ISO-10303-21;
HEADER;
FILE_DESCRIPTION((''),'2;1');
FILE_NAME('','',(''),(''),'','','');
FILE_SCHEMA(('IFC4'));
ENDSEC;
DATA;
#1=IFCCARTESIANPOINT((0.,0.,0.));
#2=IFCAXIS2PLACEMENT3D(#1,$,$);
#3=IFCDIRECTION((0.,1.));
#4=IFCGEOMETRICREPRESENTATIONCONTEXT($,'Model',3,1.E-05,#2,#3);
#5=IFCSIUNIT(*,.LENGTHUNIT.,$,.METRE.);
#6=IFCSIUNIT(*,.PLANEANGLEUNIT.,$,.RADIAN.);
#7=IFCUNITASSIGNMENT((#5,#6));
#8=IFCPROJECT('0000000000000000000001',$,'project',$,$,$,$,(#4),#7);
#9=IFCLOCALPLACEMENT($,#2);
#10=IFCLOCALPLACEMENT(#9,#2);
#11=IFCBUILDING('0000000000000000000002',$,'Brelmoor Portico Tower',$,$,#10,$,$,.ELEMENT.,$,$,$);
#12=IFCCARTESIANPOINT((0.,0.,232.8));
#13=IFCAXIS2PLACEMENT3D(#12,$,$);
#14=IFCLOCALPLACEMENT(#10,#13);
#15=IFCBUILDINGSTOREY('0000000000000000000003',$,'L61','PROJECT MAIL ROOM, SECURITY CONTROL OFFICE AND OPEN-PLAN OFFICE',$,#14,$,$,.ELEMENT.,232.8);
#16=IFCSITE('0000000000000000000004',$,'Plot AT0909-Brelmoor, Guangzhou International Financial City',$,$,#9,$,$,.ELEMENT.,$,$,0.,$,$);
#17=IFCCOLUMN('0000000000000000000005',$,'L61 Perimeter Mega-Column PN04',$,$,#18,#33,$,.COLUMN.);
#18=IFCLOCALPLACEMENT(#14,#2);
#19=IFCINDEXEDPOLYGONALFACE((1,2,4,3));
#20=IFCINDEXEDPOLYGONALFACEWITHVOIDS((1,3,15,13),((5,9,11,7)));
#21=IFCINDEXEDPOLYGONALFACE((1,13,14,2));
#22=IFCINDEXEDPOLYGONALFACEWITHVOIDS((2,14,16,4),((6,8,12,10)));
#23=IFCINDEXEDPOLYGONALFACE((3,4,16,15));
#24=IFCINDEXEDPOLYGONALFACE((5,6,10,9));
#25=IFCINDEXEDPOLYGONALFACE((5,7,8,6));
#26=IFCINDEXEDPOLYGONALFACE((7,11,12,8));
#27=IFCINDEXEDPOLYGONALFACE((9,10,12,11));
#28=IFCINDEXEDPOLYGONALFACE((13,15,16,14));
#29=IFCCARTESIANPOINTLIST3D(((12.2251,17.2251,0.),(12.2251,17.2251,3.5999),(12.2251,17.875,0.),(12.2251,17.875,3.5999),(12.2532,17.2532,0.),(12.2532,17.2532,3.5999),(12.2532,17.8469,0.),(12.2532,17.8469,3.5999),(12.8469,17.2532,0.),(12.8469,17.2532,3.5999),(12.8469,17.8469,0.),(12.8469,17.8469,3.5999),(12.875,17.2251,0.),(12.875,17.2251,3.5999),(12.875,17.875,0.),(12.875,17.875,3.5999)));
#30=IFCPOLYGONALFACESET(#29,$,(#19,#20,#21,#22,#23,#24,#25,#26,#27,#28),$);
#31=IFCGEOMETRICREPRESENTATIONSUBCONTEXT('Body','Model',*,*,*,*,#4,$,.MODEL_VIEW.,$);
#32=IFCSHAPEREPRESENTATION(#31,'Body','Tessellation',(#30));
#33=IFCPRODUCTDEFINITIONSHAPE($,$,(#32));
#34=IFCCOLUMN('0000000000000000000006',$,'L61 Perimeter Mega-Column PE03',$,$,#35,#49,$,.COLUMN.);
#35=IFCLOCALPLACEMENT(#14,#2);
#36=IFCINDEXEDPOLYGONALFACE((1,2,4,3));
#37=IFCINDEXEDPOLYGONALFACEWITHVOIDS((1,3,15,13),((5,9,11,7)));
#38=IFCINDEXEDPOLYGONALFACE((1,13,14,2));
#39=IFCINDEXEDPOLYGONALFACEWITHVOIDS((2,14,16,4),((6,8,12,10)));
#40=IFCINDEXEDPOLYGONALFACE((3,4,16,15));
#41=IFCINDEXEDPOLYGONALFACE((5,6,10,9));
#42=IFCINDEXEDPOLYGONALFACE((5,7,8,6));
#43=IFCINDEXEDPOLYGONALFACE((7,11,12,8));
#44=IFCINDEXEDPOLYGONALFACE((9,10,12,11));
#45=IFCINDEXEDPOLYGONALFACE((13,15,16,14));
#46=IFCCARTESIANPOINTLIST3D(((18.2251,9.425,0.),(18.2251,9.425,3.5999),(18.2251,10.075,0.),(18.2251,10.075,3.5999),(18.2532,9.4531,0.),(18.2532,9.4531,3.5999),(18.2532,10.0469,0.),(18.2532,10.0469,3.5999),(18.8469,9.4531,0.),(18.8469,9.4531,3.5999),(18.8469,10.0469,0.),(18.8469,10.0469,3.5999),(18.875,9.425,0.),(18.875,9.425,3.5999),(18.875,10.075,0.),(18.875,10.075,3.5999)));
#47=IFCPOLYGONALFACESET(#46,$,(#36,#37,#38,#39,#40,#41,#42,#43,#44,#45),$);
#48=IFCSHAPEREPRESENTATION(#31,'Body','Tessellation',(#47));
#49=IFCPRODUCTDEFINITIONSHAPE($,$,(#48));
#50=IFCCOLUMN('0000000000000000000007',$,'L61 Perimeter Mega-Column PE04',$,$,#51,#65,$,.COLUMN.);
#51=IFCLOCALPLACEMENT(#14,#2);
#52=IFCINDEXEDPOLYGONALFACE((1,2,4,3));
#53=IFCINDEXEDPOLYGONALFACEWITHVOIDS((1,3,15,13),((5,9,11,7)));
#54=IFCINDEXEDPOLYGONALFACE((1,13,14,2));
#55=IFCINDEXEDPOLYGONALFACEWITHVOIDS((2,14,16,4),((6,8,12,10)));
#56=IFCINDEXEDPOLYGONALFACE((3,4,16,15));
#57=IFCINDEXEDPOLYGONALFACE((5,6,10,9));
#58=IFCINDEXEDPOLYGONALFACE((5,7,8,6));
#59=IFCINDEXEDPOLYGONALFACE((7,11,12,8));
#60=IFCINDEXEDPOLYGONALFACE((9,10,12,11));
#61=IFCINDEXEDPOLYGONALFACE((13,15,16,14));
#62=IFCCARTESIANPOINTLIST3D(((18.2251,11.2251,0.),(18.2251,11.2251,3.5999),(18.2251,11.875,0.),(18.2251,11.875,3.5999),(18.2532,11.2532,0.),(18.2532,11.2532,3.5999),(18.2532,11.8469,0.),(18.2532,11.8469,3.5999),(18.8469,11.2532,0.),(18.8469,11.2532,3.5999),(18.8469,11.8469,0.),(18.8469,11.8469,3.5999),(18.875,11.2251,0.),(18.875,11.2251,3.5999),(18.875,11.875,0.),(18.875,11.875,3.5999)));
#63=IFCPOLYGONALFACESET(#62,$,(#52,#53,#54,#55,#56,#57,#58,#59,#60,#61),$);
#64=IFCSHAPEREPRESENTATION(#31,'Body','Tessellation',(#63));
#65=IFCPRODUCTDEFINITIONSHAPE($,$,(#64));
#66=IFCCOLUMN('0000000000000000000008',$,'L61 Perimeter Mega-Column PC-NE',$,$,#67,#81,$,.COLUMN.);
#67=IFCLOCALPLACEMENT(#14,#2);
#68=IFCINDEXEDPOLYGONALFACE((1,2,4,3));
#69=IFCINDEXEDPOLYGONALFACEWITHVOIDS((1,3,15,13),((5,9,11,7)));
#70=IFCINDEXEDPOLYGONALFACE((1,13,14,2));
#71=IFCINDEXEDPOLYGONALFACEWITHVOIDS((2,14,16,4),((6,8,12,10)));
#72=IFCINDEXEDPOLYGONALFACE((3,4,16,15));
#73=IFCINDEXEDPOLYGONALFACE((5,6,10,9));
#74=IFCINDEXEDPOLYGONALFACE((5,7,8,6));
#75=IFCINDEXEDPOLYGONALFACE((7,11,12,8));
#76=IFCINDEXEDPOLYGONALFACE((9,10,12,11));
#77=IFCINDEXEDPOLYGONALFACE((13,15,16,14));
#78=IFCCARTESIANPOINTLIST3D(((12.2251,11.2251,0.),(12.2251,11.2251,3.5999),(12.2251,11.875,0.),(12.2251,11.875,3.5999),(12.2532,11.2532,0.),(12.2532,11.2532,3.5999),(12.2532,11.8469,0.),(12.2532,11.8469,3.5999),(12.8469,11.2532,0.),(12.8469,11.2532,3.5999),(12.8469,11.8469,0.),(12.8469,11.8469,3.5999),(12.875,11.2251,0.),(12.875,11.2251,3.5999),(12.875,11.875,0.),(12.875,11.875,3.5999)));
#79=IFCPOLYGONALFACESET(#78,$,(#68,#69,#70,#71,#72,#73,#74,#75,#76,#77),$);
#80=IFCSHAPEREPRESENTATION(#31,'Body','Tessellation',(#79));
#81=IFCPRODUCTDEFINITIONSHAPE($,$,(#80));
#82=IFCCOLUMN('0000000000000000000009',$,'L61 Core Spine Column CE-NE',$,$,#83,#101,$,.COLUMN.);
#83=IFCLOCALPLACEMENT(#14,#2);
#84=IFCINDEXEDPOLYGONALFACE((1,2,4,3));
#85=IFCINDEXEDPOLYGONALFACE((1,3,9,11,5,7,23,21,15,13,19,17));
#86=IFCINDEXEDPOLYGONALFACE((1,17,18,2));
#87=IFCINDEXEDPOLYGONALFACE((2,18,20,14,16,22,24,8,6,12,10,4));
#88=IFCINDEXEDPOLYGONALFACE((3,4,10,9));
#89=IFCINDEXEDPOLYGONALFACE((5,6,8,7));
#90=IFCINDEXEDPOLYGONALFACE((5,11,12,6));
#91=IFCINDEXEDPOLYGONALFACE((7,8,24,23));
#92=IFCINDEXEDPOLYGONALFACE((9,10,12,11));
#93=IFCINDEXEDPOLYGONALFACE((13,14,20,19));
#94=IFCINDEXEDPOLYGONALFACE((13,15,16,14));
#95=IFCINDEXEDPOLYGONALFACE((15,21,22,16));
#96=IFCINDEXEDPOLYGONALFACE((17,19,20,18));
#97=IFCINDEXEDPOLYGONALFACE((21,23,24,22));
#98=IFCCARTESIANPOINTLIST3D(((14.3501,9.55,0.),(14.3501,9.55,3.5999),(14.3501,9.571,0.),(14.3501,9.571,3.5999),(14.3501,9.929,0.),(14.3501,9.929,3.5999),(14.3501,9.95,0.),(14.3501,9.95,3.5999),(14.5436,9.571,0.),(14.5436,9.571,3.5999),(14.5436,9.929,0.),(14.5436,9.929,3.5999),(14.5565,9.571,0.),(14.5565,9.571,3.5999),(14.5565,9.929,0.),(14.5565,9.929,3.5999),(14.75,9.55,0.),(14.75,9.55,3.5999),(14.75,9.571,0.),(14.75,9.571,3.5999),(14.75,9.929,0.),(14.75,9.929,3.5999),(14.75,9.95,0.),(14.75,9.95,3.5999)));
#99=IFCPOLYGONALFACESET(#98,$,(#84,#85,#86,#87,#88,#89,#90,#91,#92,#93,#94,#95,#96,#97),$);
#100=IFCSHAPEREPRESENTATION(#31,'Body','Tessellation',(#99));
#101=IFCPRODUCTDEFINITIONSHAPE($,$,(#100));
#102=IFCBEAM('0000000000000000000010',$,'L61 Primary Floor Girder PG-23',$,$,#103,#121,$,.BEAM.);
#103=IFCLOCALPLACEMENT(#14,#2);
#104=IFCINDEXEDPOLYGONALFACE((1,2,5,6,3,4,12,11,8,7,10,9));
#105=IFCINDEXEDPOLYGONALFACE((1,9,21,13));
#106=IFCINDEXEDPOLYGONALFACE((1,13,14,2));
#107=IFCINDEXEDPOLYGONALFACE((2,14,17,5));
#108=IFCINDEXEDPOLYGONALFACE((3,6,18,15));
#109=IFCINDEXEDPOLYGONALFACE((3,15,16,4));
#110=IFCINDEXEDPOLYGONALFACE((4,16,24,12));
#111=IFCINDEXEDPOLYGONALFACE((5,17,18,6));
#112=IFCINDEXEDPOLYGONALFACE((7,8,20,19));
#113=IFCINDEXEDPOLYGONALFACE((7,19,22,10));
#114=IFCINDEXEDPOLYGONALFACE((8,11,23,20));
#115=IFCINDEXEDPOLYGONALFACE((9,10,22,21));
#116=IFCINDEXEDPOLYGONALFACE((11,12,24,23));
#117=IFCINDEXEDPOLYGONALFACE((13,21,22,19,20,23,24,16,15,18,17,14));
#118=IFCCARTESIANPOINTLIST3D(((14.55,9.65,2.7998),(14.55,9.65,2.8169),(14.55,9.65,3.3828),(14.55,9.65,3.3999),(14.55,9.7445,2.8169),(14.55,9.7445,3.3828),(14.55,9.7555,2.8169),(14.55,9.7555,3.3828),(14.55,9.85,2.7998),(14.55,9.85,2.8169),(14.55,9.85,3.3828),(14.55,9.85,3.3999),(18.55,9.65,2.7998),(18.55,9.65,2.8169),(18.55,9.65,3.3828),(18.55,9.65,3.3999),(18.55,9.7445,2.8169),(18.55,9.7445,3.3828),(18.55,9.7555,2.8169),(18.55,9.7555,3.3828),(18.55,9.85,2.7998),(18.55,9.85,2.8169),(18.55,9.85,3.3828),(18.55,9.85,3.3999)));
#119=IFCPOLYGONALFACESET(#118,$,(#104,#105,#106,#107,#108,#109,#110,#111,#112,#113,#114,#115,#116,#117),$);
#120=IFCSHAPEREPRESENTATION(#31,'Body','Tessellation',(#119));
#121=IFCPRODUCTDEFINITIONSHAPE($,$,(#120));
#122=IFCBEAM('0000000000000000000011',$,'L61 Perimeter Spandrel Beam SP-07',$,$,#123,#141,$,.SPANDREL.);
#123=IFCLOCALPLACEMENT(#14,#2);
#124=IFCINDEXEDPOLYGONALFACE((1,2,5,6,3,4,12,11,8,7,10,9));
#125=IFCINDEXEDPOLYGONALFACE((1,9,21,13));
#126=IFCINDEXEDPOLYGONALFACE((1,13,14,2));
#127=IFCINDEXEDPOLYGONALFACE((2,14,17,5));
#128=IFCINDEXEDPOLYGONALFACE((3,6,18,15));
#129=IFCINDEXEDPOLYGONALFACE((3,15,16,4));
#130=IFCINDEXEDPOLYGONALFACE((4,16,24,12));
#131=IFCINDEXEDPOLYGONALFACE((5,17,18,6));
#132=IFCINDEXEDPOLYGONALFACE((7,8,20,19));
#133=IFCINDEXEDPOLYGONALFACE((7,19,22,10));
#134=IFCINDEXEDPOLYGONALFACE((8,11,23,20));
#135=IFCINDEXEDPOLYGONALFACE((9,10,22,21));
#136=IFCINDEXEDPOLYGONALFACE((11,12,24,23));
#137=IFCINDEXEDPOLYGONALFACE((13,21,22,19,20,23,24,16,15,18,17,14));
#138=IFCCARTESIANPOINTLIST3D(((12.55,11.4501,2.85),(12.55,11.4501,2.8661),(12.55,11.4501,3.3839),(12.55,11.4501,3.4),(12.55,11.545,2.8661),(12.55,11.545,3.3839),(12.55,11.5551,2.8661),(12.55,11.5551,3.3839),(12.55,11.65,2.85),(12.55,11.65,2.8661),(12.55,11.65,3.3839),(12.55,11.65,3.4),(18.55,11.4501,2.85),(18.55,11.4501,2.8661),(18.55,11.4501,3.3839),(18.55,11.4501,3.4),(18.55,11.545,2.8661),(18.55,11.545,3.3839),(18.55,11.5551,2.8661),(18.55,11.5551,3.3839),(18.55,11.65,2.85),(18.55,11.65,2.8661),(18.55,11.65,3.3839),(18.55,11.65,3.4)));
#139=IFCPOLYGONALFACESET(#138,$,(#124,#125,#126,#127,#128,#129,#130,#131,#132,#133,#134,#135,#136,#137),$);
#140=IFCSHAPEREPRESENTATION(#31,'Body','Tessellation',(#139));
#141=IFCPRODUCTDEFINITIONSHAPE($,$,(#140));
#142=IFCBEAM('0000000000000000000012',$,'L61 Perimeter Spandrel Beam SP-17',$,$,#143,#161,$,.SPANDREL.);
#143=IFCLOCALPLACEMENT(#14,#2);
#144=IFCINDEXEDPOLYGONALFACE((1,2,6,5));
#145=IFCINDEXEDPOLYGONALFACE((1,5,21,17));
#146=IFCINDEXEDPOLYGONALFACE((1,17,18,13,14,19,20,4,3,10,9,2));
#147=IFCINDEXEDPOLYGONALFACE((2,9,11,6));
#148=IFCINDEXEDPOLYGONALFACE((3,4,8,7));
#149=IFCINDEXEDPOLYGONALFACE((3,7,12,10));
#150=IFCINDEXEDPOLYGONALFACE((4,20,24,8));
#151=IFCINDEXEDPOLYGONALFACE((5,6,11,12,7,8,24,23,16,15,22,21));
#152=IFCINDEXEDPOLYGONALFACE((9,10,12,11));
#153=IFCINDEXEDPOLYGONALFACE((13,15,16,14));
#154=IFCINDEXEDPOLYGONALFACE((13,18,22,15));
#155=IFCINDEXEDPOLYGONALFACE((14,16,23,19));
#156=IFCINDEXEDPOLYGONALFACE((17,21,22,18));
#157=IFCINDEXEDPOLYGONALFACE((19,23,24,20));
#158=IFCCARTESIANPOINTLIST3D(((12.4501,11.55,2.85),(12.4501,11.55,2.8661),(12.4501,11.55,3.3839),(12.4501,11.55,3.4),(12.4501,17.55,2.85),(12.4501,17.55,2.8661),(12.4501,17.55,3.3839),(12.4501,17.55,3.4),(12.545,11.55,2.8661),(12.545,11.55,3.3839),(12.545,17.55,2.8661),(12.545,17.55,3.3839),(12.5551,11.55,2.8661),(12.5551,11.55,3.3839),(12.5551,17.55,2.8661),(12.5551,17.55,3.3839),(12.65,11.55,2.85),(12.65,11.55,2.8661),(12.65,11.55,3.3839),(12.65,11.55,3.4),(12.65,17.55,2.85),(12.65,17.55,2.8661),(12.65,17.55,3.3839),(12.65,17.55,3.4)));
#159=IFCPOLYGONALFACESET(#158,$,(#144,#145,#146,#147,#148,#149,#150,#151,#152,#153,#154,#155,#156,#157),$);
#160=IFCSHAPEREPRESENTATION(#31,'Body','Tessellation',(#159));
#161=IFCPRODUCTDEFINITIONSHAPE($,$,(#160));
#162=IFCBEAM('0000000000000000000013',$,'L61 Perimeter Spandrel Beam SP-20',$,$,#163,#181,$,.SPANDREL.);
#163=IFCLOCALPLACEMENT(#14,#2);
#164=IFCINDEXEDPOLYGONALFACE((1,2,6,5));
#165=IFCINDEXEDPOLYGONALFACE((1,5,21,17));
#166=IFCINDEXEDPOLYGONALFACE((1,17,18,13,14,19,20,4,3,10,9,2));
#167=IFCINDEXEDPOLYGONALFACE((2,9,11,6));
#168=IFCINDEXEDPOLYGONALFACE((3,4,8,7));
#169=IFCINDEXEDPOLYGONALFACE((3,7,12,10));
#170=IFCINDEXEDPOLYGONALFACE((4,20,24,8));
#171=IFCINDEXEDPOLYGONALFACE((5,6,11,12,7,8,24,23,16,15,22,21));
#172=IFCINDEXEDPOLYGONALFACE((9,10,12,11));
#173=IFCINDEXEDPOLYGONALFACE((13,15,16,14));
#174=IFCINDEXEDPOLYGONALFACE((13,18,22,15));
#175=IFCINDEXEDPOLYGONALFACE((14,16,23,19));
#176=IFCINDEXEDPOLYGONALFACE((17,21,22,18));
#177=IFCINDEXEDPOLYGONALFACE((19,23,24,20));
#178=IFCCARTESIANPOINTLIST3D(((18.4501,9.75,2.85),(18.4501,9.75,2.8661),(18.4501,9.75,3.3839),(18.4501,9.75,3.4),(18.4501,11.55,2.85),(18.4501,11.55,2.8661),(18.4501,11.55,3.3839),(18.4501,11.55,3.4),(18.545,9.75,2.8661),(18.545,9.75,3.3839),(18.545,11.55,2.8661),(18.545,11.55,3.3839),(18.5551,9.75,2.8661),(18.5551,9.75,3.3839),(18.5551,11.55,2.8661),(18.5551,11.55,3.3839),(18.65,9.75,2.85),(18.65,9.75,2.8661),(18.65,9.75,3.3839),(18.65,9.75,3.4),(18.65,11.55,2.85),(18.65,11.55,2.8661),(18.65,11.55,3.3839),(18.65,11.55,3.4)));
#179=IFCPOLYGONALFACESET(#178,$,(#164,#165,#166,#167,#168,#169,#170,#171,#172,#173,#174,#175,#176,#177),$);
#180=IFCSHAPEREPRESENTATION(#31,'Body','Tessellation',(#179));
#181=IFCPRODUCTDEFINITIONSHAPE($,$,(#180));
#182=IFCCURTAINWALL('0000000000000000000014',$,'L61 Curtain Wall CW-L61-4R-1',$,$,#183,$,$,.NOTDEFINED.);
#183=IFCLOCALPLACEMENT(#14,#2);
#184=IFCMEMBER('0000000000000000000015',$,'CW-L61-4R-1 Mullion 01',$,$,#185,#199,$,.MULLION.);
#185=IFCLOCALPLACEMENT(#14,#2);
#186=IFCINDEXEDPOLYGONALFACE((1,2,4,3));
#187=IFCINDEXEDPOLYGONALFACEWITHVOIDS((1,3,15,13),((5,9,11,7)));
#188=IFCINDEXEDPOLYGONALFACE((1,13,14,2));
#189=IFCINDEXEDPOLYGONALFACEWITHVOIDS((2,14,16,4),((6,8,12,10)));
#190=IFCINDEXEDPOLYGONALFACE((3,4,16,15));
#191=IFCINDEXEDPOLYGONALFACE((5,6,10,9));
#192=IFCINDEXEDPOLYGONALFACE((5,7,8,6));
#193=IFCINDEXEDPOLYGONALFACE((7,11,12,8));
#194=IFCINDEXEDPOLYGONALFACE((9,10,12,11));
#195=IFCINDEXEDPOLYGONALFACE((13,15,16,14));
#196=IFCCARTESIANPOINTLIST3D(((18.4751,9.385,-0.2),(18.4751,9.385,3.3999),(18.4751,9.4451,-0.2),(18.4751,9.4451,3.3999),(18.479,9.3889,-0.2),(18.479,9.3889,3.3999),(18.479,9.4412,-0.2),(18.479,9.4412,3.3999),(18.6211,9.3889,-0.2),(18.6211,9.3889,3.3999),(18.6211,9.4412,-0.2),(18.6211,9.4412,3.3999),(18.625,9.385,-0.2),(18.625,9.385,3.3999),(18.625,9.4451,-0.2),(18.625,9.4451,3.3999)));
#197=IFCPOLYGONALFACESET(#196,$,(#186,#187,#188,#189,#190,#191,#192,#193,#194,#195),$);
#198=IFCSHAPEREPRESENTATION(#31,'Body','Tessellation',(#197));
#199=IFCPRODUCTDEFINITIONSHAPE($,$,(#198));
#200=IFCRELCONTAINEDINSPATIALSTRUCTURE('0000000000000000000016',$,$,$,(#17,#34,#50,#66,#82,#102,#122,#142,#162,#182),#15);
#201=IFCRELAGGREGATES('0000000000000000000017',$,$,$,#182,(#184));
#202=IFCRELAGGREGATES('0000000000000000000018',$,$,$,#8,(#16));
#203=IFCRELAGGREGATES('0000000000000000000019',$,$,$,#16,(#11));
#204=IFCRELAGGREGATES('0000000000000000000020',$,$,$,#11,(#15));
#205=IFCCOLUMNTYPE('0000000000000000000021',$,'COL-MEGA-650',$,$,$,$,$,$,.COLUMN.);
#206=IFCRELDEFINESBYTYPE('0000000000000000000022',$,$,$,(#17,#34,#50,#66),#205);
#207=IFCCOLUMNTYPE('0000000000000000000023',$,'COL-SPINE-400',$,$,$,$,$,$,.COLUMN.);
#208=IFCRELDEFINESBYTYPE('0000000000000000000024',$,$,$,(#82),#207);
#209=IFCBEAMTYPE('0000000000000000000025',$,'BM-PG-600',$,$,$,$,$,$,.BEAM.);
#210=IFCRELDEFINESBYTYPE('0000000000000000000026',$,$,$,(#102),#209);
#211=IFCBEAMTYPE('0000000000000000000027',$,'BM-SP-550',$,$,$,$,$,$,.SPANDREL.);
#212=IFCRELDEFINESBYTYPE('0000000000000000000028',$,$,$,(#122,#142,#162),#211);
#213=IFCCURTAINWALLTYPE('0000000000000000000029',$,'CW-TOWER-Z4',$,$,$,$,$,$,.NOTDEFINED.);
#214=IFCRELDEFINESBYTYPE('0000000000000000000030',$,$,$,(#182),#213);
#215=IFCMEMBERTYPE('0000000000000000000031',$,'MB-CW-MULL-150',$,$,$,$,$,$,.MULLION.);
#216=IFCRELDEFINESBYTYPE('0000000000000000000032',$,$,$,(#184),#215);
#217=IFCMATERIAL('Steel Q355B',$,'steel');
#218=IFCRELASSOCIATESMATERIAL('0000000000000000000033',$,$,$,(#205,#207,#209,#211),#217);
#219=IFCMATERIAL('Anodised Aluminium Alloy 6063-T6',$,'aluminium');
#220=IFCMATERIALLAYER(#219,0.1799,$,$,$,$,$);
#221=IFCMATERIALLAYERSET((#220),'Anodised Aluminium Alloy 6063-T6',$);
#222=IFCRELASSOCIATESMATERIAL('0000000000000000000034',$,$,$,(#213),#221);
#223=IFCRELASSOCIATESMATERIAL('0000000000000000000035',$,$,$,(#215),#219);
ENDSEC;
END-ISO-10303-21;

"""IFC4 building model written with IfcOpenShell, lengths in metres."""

from ifc_helpers import new_model, si_unit, direction, frame, origin, origin_2d, place, context, subcontext, project, spatial, hollow_rectangle, i_section, extrude, material, layer, layer_set, material_profile, profile_set, type_object, element, aggregate, save


model = new_model("IFC4")

# Units and contexts
model_context = context("Model", 3, precision=1e-05, world=origin(), true_north=direction((0.0, 1.0)))
body_context = subcontext(model_context, "Body", "Model", "MODEL_VIEW")
ifc_project = project(units=[si_unit("LENGTHUNIT", "METRE"), si_unit("PLANEANGLEUNIT", "RADIAN")], contexts=[model_context])

# Site, building, storey
site_placement = place(None, origin())
site = spatial("IfcSite", under=ifc_project, at=site_placement, Name="Plot AT0909-Brelmoor, Guangzhou International Financial City", CompositionType="ELEMENT", RefElevation=0.0)
building_placement = place(site_placement, origin())
building = spatial("IfcBuilding", under=site, at=building_placement, Name="Brelmoor Portico Tower", CompositionType="ELEMENT")
storey_placement = place(building_placement, frame((0.0, 0.0, 232.8)))
storey = spatial("IfcBuildingStorey", under=building, at=storey_placement, Name="L61", Description="PROJECT MAIL ROOM, SECURITY CONTROL OFFICE AND OPEN-PLAN OFFICE", CompositionType="ELEMENT", Elevation=232.8)

# Columns
ifc_material_1 = material(Name="Steel Q355B", Category="steel")
ifc_material_profile_1 = material_profile(ifc_material_1, hollow_rectangle(XDim=0.6499, YDim=0.6499, WallThickness=0.0281, at=origin_2d()), Name="BOX 650x650x28")
ifc_profile_set_1 = profile_set([ifc_material_profile_1], Name="Steel Q355B")
column_type_1 = type_object("IfcColumnType", Name="COL-MEGA-650", PredefinedType="COLUMN", material=ifc_profile_set_1)
for number, where, z_axis, x_axis, name in (
    (1, (12.55, 17.55, 0.0), (0.0, 0.0, 1.0), (1.0, 0.0, 0.0), "L61 Perimeter Mega-Column PN04"),
    (2, (18.55, 9.75, 0.0), (0.0, 0.0, 1.0), (0.0, 1.0, 0.0), "L61 Perimeter Mega-Column PE03"),
    (3, (18.55, 11.55, 0.0), (0.0, 0.0, 1.0), (0.0, 1.0, 0.0), "L61 Perimeter Mega-Column PE04"),
    (4, (12.55, 11.55, 0.0), (0.0, 0.0, 1.0), (1.0, 0.0, 0.0), "L61 Perimeter Mega-Column PC-NE"),
):
    element("IfcColumn", number, at=place(storey_placement, frame(where, z_axis=z_axis, x_axis=x_axis)), inside=storey, type_object=column_type_1, Name=name, PredefinedType="COLUMN", context=body_context, shape_type="SweptSolid", body=[
        extrude(hollow_rectangle(XDim=0.6499, YDim=0.6499, WallThickness=0.0281, at=origin_2d()), origin(), (0.0, 0.0, 1.0), 3.5999),
    ])
ifc_material_profile_2 = material_profile(ifc_material_1, i_section(OverallWidth=0.3999, OverallDepth=0.3999, WebThickness=0.0129, FlangeThickness=0.021, at=origin_2d()), Name="HW 400x400x13x21")
ifc_profile_set_2 = profile_set([ifc_material_profile_2], Name="Steel Q355B")
column_type_2 = type_object("IfcColumnType", Name="COL-SPINE-400", PredefinedType="COLUMN", material=ifc_profile_set_2)
column_placement = place(storey_placement, frame((14.55, 9.75, 0.0), z_axis=(0.0, 0.0, 1.0), x_axis=(1.0, 0.0, 0.0)))
element("IfcColumn", 5, at=column_placement, inside=storey, type_object=column_type_2, Name="L61 Core Spine Column CE-NE", PredefinedType="COLUMN", context=body_context, shape_type="SweptSolid", body=[
    extrude(i_section(OverallWidth=0.3999, OverallDepth=0.3999, WebThickness=0.0129, FlangeThickness=0.021, at=origin_2d()), origin(), (0.0, 0.0, 1.0), 3.5999),
])

# Beams
ifc_material_profile_3 = material_profile(ifc_material_1, i_section(OverallWidth=0.2, OverallDepth=0.6001, WebThickness=0.011, FlangeThickness=0.0171, at=origin_2d()), Name="HN 600x200x11x17")
ifc_profile_set_3 = profile_set([ifc_material_profile_3], Name="Steel Q355B")
beam_type_1 = type_object("IfcBeamType", Name="BM-PG-600", PredefinedType="BEAM", material=ifc_profile_set_3)
beam_1_placement = place(storey_placement, frame((14.55, 9.75, 3.0999), z_axis=(1.0, 0.0, 0.0), x_axis=(0.0, 1.0, 0.0)))
element("IfcBeam", 6, at=beam_1_placement, inside=storey, type_object=beam_type_1, Name="L61 Primary Floor Girder PG-23", PredefinedType="BEAM", context=body_context, shape_type="SweptSolid", body=[
    extrude(i_section(OverallWidth=0.2, OverallDepth=0.6001, WebThickness=0.011, FlangeThickness=0.0171, at=origin_2d()), origin(), (0.0, 0.0, 1.0), 4.0),
])
ifc_material_profile_4 = material_profile(ifc_material_1, i_section(OverallWidth=0.2, OverallDepth=0.55, WebThickness=0.01, FlangeThickness=0.0161, at=origin_2d()), Name="HN 550x200x10x16")
ifc_profile_set_4 = profile_set([ifc_material_profile_4], Name="Steel Q355B")
beam_type_2 = type_object("IfcBeamType", Name="BM-SP-550", PredefinedType="SPANDREL", material=ifc_profile_set_4)
for number, where, z_axis, x_axis, name in (
    (7, (12.55, 11.55, 3.125), (1.0, 0.0, 0.0), (0.0, 1.0, 0.0), "L61 Perimeter Spandrel Beam SP-07"),
    (8, (12.55, 11.55, 3.125), (0.0, 1.0, 0.0), (-1.0, 0.0, 0.0), "L61 Perimeter Spandrel Beam SP-17"),
):
    element("IfcBeam", number, at=place(storey_placement, frame(where, z_axis=z_axis, x_axis=x_axis)), inside=storey, type_object=beam_type_2, Name=name, PredefinedType="SPANDREL", context=body_context, shape_type="SweptSolid", body=[
        extrude(i_section(OverallWidth=0.2, OverallDepth=0.55, WebThickness=0.01, FlangeThickness=0.0161, at=origin_2d()), origin(), (0.0, 0.0, 1.0), 6.0),
    ])
beam_2_placement = place(storey_placement, frame((18.55, 9.75, 3.125), z_axis=(0.0, 1.0, 0.0), x_axis=(-1.0, 0.0, 0.0)))
element("IfcBeam", 9, at=beam_2_placement, inside=storey, type_object=beam_type_2, Name="L61 Perimeter Spandrel Beam SP-20", PredefinedType="SPANDREL", context=body_context, shape_type="SweptSolid", body=[
    extrude(i_section(OverallWidth=0.2, OverallDepth=0.55, WebThickness=0.01, FlangeThickness=0.0161, at=origin_2d()), origin(), (0.0, 0.0, 1.0), 1.8),
])

# Curtain wall, member
ifc_material_2 = material(Name="Anodised Aluminium Alloy 6063-T6", Category="aluminium")
ifc_layer_1 = layer(ifc_material_2, 0.1799)
ifc_layer_set_1 = layer_set([ifc_layer_1], Name="Anodised Aluminium Alloy 6063-T6")
curtain_wall_type = type_object("IfcCurtainWallType", Name="CW-TOWER-Z4", PredefinedType="NOTDEFINED", material=ifc_layer_set_1)
curtain_wall_1_placement = place(storey_placement, origin())
curtain_wall_1 = element("IfcCurtainWall", 10, at=curtain_wall_1_placement, inside=storey, type_object=curtain_wall_type, Name="L61 Curtain Wall CW-L61-4R-1", PredefinedType="NOTDEFINED")
ifc_material_profile_5 = material_profile(ifc_material_2, hollow_rectangle(XDim=0.0601, YDim=0.1499, WallThickness=0.0039, at=origin_2d()), Name="ALU MULLION 60x150")
ifc_profile_set_5 = profile_set([ifc_material_profile_5], Name="Anodised Aluminium Alloy 6063-T6")
member_type_1 = type_object("IfcMemberType", Name="MB-CW-MULL-150", PredefinedType="MULLION", material=ifc_profile_set_5)
member_1_placement = place(storey_placement, frame((18.55, 9.415, -0.2), z_axis=(0.0, 0.0, 1.0), x_axis=(0.0, 1.0, 0.0)))
member_1 = element("IfcMember", 11, at=member_1_placement, type_object=member_type_1, Name="CW-L61-4R-1 Mullion 01", PredefinedType="MULLION", context=body_context, shape_type="SweptSolid", body=[
    extrude(hollow_rectangle(XDim=0.0601, YDim=0.1499, WallThickness=0.0039, at=origin_2d()), origin(), (0.0, 0.0, 1.0), 3.5999),
])
aggregate(curtain_wall_1, [member_1])

save(model, "model.ifc")
